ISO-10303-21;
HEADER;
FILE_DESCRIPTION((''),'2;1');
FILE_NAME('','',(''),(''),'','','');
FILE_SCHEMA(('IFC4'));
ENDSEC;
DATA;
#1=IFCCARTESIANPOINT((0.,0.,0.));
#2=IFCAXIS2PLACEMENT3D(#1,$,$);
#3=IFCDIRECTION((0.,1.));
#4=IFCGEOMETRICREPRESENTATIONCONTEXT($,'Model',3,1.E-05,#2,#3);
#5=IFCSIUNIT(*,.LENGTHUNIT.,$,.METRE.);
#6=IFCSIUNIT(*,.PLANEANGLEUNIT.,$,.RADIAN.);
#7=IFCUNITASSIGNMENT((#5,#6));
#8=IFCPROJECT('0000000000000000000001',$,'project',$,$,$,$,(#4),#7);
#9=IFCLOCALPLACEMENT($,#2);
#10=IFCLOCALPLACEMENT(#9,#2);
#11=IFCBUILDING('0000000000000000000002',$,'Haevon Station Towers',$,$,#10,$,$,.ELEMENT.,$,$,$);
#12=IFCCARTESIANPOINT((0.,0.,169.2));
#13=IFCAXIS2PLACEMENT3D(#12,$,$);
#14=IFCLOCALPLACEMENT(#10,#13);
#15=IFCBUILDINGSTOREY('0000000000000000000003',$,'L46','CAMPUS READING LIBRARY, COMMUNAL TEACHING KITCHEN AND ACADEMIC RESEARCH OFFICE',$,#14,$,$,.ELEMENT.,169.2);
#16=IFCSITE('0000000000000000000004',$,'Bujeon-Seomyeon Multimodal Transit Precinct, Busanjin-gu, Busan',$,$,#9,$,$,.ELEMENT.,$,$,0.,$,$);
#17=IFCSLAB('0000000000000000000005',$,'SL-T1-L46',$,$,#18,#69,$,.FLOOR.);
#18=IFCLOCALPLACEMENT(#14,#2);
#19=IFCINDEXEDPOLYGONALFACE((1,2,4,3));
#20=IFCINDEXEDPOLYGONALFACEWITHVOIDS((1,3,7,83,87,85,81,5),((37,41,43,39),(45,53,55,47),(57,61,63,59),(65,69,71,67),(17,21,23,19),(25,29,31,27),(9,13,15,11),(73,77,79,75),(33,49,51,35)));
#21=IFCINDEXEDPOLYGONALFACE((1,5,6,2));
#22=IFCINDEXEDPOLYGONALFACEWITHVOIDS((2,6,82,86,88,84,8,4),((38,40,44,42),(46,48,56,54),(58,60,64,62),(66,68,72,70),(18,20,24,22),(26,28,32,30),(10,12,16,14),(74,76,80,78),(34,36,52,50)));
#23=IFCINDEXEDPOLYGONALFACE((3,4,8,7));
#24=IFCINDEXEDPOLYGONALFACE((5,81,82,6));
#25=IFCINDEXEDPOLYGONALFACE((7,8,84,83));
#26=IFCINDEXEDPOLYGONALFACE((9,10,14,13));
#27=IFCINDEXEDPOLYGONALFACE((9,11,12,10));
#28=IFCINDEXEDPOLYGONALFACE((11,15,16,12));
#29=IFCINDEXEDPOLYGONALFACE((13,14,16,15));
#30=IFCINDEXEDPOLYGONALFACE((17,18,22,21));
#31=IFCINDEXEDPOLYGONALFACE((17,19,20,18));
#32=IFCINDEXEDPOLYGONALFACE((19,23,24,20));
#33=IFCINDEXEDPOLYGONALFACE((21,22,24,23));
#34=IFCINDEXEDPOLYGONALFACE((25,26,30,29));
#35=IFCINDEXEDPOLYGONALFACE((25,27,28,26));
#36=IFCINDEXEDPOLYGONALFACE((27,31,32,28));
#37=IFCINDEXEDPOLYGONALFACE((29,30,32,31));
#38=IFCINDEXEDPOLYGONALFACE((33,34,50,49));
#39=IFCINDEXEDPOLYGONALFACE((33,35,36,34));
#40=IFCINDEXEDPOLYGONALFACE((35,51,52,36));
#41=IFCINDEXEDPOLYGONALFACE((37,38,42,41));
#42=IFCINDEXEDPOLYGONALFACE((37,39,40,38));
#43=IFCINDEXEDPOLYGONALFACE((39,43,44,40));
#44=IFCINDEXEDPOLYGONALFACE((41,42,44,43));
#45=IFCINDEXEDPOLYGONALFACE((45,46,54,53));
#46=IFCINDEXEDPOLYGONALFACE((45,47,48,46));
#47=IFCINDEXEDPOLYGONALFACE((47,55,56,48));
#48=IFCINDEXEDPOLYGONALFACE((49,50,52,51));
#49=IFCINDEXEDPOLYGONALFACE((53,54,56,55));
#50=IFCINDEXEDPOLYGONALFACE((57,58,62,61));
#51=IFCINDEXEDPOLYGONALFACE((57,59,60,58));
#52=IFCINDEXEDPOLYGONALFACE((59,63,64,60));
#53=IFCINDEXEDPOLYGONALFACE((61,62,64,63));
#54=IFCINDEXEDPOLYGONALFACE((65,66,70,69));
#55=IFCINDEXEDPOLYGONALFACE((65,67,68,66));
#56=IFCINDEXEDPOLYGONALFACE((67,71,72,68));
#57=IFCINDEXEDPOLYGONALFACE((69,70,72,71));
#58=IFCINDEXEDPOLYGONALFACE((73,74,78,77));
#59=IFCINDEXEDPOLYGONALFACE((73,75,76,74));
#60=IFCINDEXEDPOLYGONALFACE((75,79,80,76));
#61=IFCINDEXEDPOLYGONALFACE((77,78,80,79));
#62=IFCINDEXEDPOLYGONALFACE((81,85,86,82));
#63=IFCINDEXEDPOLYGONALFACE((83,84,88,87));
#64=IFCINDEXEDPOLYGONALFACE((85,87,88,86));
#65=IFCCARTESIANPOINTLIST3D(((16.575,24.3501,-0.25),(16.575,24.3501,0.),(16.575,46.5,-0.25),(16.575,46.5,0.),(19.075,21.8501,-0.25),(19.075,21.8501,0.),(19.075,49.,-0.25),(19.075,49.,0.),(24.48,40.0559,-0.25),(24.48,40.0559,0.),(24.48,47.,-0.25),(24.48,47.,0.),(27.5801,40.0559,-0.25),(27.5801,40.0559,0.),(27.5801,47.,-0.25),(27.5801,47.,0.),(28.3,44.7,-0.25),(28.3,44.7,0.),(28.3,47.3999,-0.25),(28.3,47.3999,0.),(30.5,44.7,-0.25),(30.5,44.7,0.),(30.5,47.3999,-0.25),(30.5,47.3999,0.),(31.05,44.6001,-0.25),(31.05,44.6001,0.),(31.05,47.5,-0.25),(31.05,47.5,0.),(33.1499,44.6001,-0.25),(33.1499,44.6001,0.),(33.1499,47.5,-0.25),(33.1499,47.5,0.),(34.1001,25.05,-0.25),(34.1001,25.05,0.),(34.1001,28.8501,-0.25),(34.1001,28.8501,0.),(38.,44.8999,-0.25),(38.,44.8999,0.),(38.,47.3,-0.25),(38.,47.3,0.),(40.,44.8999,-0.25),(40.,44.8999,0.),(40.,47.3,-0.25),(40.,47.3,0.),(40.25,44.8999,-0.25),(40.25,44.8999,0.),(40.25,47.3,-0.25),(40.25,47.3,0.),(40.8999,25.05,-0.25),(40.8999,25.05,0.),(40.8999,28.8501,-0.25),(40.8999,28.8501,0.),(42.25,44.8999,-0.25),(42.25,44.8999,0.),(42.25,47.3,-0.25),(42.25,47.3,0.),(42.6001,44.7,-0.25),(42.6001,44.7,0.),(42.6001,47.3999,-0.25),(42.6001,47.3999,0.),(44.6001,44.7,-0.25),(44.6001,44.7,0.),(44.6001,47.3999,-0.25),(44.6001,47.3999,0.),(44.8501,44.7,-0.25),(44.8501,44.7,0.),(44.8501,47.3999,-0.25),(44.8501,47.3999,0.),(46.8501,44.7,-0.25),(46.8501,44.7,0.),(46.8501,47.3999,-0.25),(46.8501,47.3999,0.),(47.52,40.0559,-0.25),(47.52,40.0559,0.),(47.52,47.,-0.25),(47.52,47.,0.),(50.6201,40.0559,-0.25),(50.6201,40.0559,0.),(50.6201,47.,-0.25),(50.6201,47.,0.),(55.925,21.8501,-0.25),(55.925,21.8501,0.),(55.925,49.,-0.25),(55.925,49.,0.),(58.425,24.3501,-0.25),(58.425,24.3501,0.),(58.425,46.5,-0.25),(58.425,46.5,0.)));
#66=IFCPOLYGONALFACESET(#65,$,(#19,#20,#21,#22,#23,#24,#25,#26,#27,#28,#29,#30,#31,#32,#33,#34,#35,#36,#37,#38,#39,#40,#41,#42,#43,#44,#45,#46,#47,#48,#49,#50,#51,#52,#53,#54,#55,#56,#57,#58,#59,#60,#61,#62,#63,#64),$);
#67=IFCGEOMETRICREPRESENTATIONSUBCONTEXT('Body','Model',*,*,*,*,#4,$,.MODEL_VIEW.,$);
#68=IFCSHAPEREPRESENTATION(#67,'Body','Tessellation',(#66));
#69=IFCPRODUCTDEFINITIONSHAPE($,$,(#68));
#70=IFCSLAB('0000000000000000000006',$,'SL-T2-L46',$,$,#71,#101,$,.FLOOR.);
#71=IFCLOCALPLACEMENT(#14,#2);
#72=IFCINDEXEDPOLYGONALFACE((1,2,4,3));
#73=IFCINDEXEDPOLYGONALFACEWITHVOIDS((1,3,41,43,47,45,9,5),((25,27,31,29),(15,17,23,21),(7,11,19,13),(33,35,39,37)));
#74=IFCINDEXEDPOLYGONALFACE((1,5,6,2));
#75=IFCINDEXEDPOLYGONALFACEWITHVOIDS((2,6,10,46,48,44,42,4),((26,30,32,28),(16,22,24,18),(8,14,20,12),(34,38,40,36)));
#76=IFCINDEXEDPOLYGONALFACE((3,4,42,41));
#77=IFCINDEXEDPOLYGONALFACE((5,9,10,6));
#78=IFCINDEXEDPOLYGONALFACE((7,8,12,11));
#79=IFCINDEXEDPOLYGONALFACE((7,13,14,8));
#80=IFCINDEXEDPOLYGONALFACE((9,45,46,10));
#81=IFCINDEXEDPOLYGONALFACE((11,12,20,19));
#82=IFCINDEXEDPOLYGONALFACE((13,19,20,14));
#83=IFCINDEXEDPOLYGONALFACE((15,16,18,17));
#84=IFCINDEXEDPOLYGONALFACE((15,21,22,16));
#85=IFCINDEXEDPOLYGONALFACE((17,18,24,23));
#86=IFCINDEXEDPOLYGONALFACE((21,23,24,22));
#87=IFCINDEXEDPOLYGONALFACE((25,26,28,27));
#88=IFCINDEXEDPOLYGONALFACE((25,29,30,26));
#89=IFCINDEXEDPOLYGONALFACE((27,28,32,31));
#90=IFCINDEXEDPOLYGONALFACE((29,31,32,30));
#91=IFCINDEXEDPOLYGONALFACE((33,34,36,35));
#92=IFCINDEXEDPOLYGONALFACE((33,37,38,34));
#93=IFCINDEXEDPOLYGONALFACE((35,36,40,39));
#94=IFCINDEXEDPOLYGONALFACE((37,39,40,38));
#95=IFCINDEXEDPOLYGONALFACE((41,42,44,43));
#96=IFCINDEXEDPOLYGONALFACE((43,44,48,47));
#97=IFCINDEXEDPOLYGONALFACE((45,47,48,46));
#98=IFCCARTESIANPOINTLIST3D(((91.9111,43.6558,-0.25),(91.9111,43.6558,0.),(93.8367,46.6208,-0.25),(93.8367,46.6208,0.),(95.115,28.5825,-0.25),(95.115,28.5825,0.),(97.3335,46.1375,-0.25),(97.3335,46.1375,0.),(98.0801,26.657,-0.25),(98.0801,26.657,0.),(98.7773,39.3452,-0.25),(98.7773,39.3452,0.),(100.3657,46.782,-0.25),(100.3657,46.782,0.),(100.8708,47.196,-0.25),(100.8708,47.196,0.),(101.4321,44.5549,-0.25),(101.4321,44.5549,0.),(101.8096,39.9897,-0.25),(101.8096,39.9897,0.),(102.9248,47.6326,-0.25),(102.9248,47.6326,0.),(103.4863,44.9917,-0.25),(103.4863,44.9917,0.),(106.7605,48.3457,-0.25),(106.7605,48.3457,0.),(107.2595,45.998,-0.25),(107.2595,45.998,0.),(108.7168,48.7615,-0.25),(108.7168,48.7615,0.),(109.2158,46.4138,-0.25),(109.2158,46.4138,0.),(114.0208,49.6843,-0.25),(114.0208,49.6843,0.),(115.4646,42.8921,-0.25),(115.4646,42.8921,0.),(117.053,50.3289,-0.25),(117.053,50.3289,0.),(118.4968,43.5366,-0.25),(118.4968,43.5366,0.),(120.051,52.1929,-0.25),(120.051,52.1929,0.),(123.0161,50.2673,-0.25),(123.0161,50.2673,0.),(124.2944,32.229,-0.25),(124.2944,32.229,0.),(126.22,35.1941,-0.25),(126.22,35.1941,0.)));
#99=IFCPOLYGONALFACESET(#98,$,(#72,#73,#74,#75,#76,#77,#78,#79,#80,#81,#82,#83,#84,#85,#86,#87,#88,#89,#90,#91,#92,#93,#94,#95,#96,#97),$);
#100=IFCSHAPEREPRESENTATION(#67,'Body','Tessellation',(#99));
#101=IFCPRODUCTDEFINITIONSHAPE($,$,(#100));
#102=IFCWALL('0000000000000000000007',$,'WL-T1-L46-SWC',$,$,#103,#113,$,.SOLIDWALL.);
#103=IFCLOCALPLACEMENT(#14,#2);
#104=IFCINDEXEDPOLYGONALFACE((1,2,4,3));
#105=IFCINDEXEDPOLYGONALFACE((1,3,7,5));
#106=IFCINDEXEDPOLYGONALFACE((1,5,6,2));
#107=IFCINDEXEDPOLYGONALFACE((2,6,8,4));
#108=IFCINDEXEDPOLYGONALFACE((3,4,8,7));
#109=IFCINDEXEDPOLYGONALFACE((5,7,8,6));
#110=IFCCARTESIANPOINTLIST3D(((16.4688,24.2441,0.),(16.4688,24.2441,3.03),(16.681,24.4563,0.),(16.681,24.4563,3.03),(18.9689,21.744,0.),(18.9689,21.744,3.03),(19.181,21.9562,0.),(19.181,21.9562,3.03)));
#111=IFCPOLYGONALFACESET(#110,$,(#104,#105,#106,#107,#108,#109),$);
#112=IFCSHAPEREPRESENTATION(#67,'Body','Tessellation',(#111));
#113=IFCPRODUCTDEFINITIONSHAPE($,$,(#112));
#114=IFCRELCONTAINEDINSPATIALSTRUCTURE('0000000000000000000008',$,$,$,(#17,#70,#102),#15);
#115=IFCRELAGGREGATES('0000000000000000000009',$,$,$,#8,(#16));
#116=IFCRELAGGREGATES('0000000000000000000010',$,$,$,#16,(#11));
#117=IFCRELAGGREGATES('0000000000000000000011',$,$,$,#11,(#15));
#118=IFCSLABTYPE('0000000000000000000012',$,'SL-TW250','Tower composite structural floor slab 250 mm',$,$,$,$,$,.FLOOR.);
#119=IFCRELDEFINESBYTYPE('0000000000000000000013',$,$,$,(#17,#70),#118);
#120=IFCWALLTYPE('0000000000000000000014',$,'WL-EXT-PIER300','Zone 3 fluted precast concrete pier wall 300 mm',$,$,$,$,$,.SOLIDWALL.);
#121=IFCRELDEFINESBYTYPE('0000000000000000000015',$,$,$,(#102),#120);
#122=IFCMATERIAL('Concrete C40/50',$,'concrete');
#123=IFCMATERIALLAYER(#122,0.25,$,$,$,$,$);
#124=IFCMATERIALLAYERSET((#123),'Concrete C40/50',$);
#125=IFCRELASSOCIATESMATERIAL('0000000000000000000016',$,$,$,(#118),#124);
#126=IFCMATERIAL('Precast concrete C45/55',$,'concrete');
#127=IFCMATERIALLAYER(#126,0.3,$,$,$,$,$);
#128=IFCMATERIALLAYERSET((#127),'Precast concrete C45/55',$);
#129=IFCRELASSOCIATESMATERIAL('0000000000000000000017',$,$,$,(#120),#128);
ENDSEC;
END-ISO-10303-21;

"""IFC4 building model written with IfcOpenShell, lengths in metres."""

from ifc_helpers import new_model, si_unit, direction, frame, frame_2d, origin, place, context, subcontext, project, spatial, polyline, rectangle, outline, extrude, material, layer, layer_set, type_object, element, save


model = new_model("IFC4")

# Units and contexts
model_context = context("Model", 3, precision=1e-05, world=origin(), true_north=direction((0.0, 1.0)))
body_context = subcontext(model_context, "Body", "Model", "MODEL_VIEW")
ifc_project = project(units=[si_unit("LENGTHUNIT", "METRE"), si_unit("PLANEANGLEUNIT", "RADIAN")], contexts=[model_context])

# Site, building, storey
site_placement = place(None, origin())
site = spatial("IfcSite", under=ifc_project, at=site_placement, Name="Bujeon-Seomyeon Multimodal Transit Precinct, Busanjin-gu, Busan", CompositionType="ELEMENT", RefElevation=0.0)
building_placement = place(site_placement, origin())
building = spatial("IfcBuilding", under=site, at=building_placement, Name="Haevon Station Towers", CompositionType="ELEMENT")
storey_placement = place(building_placement, frame((0.0, 0.0, 169.2)))
storey = spatial("IfcBuildingStorey", under=building, at=storey_placement, Name="L46", Description="CAMPUS READING LIBRARY, COMMUNAL TEACHING KITCHEN AND ACADEMIC RESEARCH OFFICE", CompositionType="ELEMENT", Elevation=169.2)

# Shared definitions
ifc_material_1 = material(Name="Concrete C40/50", Category="concrete")

# Slabs
ifc_layer_1 = layer(ifc_material_1, 0.25)
ifc_layer_set_1 = layer_set([ifc_layer_1], Name="Concrete C40/50")
slab_type_1 = type_object("IfcSlabType", Name="SL-TW250", Description="Tower composite structural floor slab 250 mm", PredefinedType="FLOOR", material=ifc_layer_set_1)
slab_1_placement = place(storey_placement, frame((0.0, 0.0, -0.25)))
element("IfcSlab", 1, at=slab_1_placement, inside=storey, type_object=slab_type_1, Name="SL-T1-L46", PredefinedType="FLOOR", context=body_context, shape_type="SweptSolid", body=[
    extrude(outline(polyline([(19.075, 21.8501), (55.925, 21.8501), (58.425, 24.3501), (58.425, 46.5), (55.925, 49.0), (19.075, 49.0), (16.575, 46.5), (16.575, 24.3501), (19.075, 21.8501)]), holes=[polyline([(27.5801, 40.0559), (27.5801, 47.0), (24.48, 47.0), (24.48, 40.0559), (27.5801, 40.0559)]), polyline([(50.6201, 40.0559), (50.6201, 47.0), (47.52, 47.0), (47.52, 40.0559), (50.6201, 40.0559)]), polyline([(28.3, 44.7), (30.5, 44.7), (30.5, 47.3999), (28.3, 47.3999), (28.3, 44.7)]), polyline([(31.05, 44.6001), (33.1499, 44.6001), (33.1499, 47.5), (31.05, 47.5), (31.05, 44.6001)]), polyline([(38.0, 44.8999), (40.0, 44.8999), (40.0, 47.3), (38.0, 47.3), (38.0, 44.8999)]), polyline([(40.25, 44.8999), (42.25, 44.8999), (42.25, 47.3), (40.25, 47.3), (40.25, 44.8999)]), polyline([(42.6001, 44.7), (44.6001, 44.7), (44.6001, 47.3999), (42.6001, 47.3999), (42.6001, 44.7)]), polyline([(44.8501, 44.7), (46.8501, 44.7), (46.8501, 47.3999), (44.8501, 47.3999), (44.8501, 44.7)]), polyline([(34.1001, 25.05), (40.8999, 25.05), (40.8999, 28.8501), (34.1001, 28.8501), (34.1001, 25.05)])]), origin(), (0.0, 0.0, 1.0), 0.25),
])
slab_2_placement = place(storey_placement, frame((0.0, 0.0, -0.25)))
element("IfcSlab", 2, at=slab_2_placement, inside=storey, type_object=slab_type_1, Name="SL-T2-L46", PredefinedType="FLOOR", context=body_context, shape_type="SweptSolid", body=[
    extrude(outline(polyline([(98.0801, 26.657), (124.2944, 32.229), (126.22, 35.1941), (123.0161, 50.2673), (120.051, 52.1929), (93.8367, 46.6208), (91.9111, 43.6558), (95.115, 28.5825), (98.0801, 26.657)]), holes=[polyline([(101.8096, 39.9897), (100.3657, 46.782), (97.3335, 46.1375), (98.7773, 39.3452), (101.8096, 39.9897)]), polyline([(118.4968, 43.5366), (117.053, 50.3289), (114.0208, 49.6843), (115.4646, 42.8921), (118.4968, 43.5366)]), polyline([(101.4321, 44.5549), (103.4863, 44.9917), (102.9248, 47.6326), (100.8708, 47.196), (101.4321, 44.5549)]), polyline([(107.2595, 45.998), (109.2158, 46.4138), (108.7168, 48.7615), (106.7605, 48.3457), (107.2595, 45.998)])]), origin(), (0.0, 0.0, 1.0), 0.25),
])

# Wall
ifc_material_2 = material(Name="Precast concrete C45/55", Category="concrete")
ifc_layer_2 = layer(ifc_material_2, 0.3)
ifc_layer_set_2 = layer_set([ifc_layer_2], Name="Precast concrete C45/55")
wall_type_1 = type_object("IfcWallType", Name="WL-EXT-PIER300", Description="Zone 3 fluted precast concrete pier wall 300 mm", PredefinedType="SOLIDWALL", material=ifc_layer_set_2)
wall_1_placement = place(storey_placement, frame((19.075, 21.8501, 0.0), z_axis=(0.0, 0.0, 1.0), x_axis=(-0.707107, 0.707107, 0.0)))
element("IfcWall", 3, at=wall_1_placement, inside=storey, type_object=wall_type_1, Name="WL-T1-L46-SWC", PredefinedType="SOLIDWALL", context=body_context, shape_type="SweptSolid", body=[
    extrude(rectangle(XDim=3.5356, YDim=0.3, at=frame_2d((1.7678, 0.0))), origin(), (0.0, 0.0, 1.0), 3.03),
])

save(model, "model.ifc")
